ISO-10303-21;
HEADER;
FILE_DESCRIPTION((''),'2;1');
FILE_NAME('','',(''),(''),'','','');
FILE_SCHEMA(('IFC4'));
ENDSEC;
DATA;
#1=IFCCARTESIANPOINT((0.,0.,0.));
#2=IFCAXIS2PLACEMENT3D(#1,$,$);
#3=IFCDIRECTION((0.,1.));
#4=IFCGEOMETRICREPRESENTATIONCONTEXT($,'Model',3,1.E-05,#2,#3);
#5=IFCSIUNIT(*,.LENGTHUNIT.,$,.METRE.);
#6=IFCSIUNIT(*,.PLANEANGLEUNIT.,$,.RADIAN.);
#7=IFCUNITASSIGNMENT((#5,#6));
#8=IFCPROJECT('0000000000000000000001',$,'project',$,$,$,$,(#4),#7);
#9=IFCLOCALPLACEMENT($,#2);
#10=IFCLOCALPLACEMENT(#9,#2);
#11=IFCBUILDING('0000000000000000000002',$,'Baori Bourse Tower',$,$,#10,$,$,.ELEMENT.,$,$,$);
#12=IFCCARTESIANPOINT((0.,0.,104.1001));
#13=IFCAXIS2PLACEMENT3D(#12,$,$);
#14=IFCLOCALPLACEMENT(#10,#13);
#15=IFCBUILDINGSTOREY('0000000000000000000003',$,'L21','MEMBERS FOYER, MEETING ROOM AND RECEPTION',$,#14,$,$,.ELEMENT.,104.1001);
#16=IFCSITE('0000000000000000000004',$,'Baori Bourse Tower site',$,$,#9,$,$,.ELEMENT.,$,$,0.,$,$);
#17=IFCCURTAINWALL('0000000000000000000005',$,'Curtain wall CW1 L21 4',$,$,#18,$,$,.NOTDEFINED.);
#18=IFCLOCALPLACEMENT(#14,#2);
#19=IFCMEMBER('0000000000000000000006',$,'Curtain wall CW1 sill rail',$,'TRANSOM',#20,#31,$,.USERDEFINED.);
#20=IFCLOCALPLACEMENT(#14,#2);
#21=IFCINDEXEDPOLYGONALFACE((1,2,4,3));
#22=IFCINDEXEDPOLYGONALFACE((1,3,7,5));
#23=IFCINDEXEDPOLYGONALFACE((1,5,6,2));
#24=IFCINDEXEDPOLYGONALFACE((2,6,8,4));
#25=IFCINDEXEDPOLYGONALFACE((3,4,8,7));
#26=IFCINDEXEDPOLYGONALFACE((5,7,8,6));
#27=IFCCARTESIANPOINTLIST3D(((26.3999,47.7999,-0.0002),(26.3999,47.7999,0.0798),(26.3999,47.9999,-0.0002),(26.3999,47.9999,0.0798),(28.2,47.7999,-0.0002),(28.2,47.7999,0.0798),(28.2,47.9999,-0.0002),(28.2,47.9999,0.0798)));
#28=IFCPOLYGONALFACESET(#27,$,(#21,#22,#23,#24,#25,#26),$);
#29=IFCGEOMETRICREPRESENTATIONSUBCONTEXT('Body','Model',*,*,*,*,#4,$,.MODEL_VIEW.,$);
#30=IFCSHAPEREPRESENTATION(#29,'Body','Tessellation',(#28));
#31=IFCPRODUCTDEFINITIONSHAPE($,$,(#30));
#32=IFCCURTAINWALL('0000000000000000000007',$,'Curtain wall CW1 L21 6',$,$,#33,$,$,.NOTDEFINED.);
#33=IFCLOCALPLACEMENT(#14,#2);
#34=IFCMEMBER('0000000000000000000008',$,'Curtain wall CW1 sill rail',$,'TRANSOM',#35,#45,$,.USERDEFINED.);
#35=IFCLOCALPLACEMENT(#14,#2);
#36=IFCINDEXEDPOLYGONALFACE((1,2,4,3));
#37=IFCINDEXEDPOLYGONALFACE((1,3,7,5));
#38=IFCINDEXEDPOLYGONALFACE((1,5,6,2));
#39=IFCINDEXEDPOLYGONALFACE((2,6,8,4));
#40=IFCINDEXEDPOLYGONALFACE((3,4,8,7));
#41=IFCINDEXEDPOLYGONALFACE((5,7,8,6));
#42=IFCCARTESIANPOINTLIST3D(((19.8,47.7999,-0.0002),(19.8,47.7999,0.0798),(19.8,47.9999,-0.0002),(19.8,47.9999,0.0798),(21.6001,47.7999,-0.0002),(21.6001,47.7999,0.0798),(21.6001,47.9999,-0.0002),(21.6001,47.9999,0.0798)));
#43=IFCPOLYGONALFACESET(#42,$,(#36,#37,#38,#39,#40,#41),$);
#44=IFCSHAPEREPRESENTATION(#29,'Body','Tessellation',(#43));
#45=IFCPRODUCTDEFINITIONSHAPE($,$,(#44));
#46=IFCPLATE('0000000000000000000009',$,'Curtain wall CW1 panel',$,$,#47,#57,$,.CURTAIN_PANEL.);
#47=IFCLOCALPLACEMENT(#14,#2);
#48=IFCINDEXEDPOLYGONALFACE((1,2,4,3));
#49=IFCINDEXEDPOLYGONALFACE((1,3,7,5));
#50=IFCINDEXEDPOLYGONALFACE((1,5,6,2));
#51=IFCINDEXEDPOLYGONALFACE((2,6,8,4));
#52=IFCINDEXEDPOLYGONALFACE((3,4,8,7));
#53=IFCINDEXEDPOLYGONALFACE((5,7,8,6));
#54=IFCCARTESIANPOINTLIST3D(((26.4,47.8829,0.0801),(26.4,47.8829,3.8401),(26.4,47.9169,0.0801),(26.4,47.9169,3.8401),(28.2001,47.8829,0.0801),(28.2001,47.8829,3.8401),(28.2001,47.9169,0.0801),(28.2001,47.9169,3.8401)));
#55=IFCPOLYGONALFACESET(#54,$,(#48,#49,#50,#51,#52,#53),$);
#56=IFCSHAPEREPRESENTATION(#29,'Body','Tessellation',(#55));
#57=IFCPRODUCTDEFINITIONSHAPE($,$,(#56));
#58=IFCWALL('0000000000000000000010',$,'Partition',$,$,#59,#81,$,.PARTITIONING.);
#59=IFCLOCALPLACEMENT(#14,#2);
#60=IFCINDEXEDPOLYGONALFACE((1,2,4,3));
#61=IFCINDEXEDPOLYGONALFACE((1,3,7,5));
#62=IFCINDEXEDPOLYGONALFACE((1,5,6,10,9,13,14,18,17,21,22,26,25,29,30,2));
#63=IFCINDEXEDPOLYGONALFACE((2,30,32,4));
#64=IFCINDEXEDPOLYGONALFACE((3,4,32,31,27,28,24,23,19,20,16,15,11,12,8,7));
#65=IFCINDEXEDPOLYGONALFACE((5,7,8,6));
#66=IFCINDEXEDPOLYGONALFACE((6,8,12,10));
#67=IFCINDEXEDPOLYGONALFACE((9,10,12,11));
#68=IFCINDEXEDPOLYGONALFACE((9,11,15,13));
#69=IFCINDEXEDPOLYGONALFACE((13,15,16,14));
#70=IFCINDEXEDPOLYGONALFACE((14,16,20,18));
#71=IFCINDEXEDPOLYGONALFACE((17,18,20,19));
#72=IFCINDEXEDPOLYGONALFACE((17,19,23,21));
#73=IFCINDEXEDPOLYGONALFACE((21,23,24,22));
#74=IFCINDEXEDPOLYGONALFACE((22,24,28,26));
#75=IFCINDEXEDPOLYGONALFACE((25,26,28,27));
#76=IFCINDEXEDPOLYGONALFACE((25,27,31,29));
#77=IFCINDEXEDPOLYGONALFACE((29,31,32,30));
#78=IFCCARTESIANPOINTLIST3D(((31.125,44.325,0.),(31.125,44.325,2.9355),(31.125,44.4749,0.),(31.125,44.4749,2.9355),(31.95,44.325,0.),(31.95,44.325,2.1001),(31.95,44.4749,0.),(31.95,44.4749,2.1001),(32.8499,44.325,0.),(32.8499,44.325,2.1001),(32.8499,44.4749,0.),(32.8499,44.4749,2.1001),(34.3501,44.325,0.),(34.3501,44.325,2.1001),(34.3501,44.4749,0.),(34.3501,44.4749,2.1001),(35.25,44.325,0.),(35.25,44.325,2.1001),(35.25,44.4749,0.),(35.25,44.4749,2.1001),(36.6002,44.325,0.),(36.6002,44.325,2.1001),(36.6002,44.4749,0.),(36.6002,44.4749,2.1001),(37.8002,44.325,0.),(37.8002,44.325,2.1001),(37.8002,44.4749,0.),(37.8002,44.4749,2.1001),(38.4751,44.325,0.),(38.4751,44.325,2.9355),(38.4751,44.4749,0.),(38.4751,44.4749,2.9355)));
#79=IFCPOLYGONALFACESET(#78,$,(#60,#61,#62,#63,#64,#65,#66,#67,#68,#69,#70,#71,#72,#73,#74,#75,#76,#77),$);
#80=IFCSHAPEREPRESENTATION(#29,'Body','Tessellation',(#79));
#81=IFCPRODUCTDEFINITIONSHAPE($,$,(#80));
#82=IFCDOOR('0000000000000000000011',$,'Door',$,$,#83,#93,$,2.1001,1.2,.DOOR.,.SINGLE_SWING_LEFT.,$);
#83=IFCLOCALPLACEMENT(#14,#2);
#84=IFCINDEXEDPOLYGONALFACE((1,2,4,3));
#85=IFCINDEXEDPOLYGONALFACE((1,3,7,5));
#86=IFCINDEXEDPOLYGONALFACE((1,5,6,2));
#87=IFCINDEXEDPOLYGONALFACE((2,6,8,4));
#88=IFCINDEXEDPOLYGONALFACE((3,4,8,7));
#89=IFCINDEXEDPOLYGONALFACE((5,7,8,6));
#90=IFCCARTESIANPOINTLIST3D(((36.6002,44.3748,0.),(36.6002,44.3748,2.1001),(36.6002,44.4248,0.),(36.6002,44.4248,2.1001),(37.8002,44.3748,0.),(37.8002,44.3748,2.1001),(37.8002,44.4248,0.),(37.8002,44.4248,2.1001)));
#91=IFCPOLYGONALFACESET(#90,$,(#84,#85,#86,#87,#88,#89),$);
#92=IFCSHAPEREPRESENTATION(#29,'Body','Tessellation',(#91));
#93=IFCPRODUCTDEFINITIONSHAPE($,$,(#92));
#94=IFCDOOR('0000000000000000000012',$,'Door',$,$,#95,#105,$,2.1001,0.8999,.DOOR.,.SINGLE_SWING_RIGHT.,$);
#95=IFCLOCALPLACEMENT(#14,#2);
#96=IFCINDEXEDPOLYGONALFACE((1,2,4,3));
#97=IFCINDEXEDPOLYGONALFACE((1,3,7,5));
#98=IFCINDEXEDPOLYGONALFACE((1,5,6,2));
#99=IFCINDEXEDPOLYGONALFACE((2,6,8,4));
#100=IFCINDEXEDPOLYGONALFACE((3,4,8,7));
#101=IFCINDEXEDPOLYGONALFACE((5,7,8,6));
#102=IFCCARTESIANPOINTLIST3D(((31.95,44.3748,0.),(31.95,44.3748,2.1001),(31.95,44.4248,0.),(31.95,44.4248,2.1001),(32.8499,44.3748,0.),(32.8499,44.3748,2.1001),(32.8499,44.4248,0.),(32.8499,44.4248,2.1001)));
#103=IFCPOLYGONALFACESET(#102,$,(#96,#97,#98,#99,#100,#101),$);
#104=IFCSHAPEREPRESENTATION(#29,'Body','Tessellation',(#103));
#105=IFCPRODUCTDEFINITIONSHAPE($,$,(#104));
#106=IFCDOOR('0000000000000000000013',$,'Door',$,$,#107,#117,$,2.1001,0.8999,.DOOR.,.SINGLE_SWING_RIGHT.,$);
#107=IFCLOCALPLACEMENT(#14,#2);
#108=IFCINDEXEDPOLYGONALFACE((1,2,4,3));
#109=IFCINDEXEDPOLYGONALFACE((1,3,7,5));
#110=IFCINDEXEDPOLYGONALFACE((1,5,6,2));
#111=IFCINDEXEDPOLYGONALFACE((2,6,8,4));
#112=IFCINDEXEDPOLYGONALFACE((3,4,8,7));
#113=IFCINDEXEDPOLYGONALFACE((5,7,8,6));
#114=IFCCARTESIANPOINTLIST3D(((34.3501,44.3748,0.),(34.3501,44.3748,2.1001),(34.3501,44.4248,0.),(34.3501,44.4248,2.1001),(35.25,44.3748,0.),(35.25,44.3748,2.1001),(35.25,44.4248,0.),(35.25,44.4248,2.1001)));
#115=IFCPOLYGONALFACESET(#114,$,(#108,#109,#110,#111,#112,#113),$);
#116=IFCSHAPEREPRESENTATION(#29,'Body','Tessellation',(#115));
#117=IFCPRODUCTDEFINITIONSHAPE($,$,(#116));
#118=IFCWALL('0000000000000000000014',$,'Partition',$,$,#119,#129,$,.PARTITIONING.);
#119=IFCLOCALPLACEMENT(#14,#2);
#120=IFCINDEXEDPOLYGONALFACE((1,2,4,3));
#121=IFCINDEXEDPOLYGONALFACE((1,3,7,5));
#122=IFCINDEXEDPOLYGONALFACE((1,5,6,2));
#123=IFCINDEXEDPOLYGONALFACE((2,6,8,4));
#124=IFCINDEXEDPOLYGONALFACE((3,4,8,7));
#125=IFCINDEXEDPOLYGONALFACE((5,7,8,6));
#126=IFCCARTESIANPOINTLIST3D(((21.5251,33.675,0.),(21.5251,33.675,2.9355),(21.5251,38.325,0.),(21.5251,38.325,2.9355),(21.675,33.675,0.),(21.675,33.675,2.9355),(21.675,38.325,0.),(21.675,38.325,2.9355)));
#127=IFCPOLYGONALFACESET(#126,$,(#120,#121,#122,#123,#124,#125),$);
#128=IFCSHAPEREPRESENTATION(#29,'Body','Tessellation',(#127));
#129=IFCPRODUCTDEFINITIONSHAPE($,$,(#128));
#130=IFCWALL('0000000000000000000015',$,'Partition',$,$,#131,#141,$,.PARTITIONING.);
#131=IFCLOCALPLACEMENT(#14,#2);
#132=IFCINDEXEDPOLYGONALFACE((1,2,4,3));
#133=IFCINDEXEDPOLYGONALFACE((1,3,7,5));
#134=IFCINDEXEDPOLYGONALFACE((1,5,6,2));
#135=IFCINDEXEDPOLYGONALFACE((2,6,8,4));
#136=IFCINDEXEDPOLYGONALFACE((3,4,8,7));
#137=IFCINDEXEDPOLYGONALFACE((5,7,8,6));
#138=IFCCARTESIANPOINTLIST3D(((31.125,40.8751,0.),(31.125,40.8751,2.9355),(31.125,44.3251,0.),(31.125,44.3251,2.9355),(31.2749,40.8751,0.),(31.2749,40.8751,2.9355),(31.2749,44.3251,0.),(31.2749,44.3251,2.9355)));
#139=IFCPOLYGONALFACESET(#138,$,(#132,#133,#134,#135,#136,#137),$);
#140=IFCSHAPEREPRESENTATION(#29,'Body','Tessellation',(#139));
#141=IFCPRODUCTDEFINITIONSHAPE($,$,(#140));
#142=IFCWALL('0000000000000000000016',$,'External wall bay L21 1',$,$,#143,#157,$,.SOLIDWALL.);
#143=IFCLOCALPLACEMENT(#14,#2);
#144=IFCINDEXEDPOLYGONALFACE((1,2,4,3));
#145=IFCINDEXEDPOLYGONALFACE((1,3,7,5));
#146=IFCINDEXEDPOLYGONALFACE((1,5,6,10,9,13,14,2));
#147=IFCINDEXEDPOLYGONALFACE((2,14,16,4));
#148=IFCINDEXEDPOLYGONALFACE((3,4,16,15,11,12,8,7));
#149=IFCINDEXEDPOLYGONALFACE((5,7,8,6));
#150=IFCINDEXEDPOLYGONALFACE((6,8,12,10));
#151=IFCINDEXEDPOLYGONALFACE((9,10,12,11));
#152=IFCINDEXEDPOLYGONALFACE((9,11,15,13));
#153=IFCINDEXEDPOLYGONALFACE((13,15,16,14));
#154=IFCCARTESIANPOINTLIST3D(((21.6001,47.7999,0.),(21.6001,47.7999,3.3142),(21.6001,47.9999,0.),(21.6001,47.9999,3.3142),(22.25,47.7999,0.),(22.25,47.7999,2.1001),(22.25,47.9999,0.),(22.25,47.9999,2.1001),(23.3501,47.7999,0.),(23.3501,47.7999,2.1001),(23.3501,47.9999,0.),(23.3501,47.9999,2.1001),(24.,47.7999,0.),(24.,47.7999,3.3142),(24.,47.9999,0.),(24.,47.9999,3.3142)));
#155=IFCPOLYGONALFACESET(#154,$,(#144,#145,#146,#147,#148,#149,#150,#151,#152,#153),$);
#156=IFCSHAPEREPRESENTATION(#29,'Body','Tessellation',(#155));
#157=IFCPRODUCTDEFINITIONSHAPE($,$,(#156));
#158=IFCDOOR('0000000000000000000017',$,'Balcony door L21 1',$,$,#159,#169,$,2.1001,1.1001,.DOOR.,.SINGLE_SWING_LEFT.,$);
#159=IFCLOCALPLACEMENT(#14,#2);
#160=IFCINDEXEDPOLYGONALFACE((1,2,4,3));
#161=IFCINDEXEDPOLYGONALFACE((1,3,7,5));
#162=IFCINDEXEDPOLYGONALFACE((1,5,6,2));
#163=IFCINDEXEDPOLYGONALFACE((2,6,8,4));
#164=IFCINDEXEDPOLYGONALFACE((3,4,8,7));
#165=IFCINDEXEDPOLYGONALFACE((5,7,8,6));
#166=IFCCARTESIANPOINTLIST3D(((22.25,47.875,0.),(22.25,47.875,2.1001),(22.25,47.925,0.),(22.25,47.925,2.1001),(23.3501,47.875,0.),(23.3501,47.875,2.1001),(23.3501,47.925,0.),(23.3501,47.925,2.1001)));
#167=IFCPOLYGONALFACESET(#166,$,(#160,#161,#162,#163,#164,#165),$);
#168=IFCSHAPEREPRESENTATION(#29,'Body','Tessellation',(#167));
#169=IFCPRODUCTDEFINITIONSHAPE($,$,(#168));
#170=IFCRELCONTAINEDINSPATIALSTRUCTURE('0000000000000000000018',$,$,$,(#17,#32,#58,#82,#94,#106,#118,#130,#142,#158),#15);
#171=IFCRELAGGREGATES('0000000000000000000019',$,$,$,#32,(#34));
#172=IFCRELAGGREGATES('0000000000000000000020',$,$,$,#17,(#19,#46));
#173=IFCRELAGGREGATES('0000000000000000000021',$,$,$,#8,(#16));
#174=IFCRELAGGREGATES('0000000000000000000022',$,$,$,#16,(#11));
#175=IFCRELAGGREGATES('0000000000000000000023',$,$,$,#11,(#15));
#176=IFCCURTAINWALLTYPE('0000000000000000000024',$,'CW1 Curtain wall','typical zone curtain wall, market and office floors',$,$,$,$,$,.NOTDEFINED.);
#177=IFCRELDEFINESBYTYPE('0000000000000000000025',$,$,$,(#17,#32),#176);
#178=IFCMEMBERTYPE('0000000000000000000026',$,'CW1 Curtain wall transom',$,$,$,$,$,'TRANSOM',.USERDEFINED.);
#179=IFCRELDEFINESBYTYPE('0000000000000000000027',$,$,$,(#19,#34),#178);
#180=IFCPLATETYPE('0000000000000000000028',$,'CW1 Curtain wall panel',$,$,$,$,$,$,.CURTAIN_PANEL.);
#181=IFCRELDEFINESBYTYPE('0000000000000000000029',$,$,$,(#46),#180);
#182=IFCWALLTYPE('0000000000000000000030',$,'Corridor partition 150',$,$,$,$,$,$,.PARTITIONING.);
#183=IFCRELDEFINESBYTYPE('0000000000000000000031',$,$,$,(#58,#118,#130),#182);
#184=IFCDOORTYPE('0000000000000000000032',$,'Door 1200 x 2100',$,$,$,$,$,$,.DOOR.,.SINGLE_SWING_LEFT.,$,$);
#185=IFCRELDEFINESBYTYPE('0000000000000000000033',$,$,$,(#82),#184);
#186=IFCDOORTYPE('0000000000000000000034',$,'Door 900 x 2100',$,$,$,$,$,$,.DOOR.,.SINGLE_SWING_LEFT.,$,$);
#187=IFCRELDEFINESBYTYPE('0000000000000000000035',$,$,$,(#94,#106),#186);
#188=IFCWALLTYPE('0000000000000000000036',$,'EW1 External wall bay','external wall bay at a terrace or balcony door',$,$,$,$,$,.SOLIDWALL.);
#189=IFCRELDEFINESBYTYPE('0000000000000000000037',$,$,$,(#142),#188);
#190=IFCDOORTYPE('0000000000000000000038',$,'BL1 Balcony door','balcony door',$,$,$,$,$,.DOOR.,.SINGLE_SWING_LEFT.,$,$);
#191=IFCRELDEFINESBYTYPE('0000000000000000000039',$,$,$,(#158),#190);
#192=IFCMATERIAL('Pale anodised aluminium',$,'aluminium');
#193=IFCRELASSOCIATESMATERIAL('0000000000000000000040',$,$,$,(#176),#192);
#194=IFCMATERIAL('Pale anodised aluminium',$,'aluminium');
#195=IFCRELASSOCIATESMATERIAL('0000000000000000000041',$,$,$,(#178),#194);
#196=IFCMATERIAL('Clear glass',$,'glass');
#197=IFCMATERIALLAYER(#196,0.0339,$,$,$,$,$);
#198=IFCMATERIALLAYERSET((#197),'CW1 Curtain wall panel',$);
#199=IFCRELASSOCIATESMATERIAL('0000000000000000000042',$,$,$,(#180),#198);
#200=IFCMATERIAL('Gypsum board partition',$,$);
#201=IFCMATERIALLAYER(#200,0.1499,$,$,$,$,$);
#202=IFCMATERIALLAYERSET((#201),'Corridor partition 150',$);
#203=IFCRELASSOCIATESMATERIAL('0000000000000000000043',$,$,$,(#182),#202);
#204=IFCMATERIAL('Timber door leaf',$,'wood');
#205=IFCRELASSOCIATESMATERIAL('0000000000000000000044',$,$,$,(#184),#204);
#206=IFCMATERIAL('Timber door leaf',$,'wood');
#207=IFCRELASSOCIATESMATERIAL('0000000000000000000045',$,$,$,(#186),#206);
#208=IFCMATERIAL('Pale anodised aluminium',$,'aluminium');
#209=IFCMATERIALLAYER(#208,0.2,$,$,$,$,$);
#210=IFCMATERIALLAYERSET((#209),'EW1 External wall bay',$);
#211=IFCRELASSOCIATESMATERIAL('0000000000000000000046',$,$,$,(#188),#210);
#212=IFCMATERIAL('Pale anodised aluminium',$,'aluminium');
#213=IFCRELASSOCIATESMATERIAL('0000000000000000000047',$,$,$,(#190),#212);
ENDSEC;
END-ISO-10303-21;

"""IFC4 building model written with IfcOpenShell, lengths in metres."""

from ifc_helpers import new_model, si_unit, direction, frame, frame_2d, origin, origin_2d, place, context, subcontext, project, spatial, rectangle, extrude, material, layer, layer_set, material_profile, profile_set, type_object, element, fill, aggregate, save


model = new_model("IFC4")

# Units and contexts
model_context = context("Model", 3, precision=1e-05, world=origin(), true_north=direction((0.0, 1.0)))
body_context = subcontext(model_context, "Body", "Model", "MODEL_VIEW")
ifc_project = project(units=[si_unit("LENGTHUNIT", "METRE"), si_unit("PLANEANGLEUNIT", "RADIAN")], contexts=[model_context])

# Site, building, storey
site_placement = place(None, origin())
site = spatial("IfcSite", under=ifc_project, at=site_placement, Name="Baori Bourse Tower site", CompositionType="ELEMENT", RefElevation=0.0)
building_placement = place(site_placement, origin())
building = spatial("IfcBuilding", under=site, at=building_placement, Name="Baori Bourse Tower", CompositionType="ELEMENT")
storey_placement = place(building_placement, frame((0.0, 0.0, 104.1001)))
storey = spatial("IfcBuildingStorey", under=building, at=storey_placement, Name="L21", Description="MEMBERS FOYER, MEETING ROOM AND RECEPTION", CompositionType="ELEMENT", Elevation=104.1001)

# Curtain walls, members
ifc_material_1 = material(Name="Pale anodised aluminium", Category="aluminium")
curtain_wall_type = type_object("IfcCurtainWallType", Name="CW1 Curtain wall", Description="typical zone curtain wall, market and office floors", PredefinedType="NOTDEFINED", material=ifc_material_1)
curtain_wall_1_placement = place(storey_placement, origin())
curtain_wall_1 = element("IfcCurtainWall", 1, at=curtain_wall_1_placement, inside=storey, type_object=curtain_wall_type, Name="Curtain wall CW1 L21 4", PredefinedType="NOTDEFINED")
ifc_material_2 = material(Name="Pale anodised aluminium", Category="aluminium")
ifc_material_profile = material_profile(ifc_material_2, rectangle(XDim=0.2, YDim=0.0801, at=origin_2d()), Name="Transom 80x200")
ifc_profile_set = profile_set([ifc_material_profile], Name="Pale anodised aluminium")
member_type = type_object("IfcMemberType", Name="CW1 Curtain wall transom", ElementType="TRANSOM", PredefinedType="USERDEFINED", material=ifc_profile_set)
member_1_placement = place(storey_placement, frame((28.2, 47.8999, 0.0398), z_axis=(-1.0, 0.0, 0.0), x_axis=(0.0, -1.0, 0.0)))
member_1 = element("IfcMember", 2, at=member_1_placement, type_object=member_type, Name="Curtain wall CW1 sill rail", ObjectType="TRANSOM", PredefinedType="USERDEFINED", context=body_context, shape_type="SweptSolid", body=[
    extrude(rectangle(XDim=0.2, YDim=0.0801, at=origin_2d()), origin(), (0.0, 0.0, 1.0), 1.8),
])
curtain_wall_2_placement = place(storey_placement, origin())
curtain_wall_2 = element("IfcCurtainWall", 3, at=curtain_wall_2_placement, inside=storey, type_object=curtain_wall_type, Name="Curtain wall CW1 L21 6", PredefinedType="NOTDEFINED")
member_2_placement = place(storey_placement, frame((21.6001, 47.8999, 0.0398), z_axis=(-1.0, 0.0, 0.0), x_axis=(0.0, -1.0, 0.0)))
member_2 = element("IfcMember", 4, at=member_2_placement, type_object=member_type, Name="Curtain wall CW1 sill rail", ObjectType="TRANSOM", PredefinedType="USERDEFINED", context=body_context, shape_type="SweptSolid", body=[
    extrude(rectangle(XDim=0.2, YDim=0.0801, at=origin_2d()), origin(), (0.0, 0.0, 1.0), 1.8),
])
aggregate(curtain_wall_2, [member_2])

# Plate
ifc_material_3 = material(Name="Clear glass", Category="glass")
ifc_layer_1 = layer(ifc_material_3, 0.0339)
ifc_layer_set_1 = layer_set([ifc_layer_1], Name="CW1 Curtain wall panel")
plate_type = type_object("IfcPlateType", Name="CW1 Curtain wall panel", PredefinedType="CURTAIN_PANEL", material=ifc_layer_set_1)
plate_placement = place(storey_placement, frame((27.3, 47.8999, 0.0801), z_axis=(0.0, 0.0, 1.0), x_axis=(-1.0, 0.0, 0.0)))
plate = element("IfcPlate", 5, at=plate_placement, type_object=plate_type, Name="Curtain wall CW1 panel", PredefinedType="CURTAIN_PANEL", context=body_context, shape_type="SweptSolid", body=[
    extrude(rectangle(XDim=1.8, YDim=0.0339, at=origin_2d()), origin(), (0.0, 0.0, 1.0), 3.76),
])
aggregate(curtain_wall_1, [member_1, plate])

# Wall, openings, doors
ifc_material_4 = material(Name="Gypsum board partition")
ifc_layer_2 = layer(ifc_material_4, 0.1499)
ifc_layer_set_2 = layer_set([ifc_layer_2], Name="Corridor partition 150")
wall_type_1 = type_object("IfcWallType", Name="Corridor partition 150", PredefinedType="PARTITIONING", material=ifc_layer_set_2)
wall_1_placement = place(storey_placement, frame((31.125, 44.3999, 0.0), z_axis=(0.0, 0.0, 1.0), x_axis=(1.0, 0.0, 0.0)))
wall_1 = element("IfcWall", 6, at=wall_1_placement, inside=storey, type_object=wall_type_1, Name="Partition", PredefinedType="PARTITIONING", context=body_context, shape_type="SweptSolid", body=[
    extrude(rectangle(XDim=7.3501, YDim=0.1499, at=frame_2d((3.675, 0.0))), origin(), (0.0, 0.0, 1.0), 2.9355),
])
opening_1_placement = place(wall_1_placement, frame((0.825, 0.0, 0.0)))
opening_1 = element("IfcOpeningElement", 7, at=opening_1_placement, cuts=wall_1, PredefinedType="OPENING", context=body_context, shape_type="SweptSolid", body=[
    extrude(rectangle(XDim=0.8999, YDim=2.1001, at=frame_2d((0.45, 1.05))), frame((0.0, 0.085, 0.0), z_axis=(0.0, -1.0, 0.0), x_axis=(1.0, 0.0, 0.0)), (0.0, 0.0, 1.0), 0.1699),
])
opening_2_placement = place(wall_1_placement, frame((3.2251, 0.0, 0.0)))
opening_2 = element("IfcOpeningElement", 8, at=opening_2_placement, cuts=wall_1, PredefinedType="OPENING", context=body_context, shape_type="SweptSolid", body=[
    extrude(rectangle(XDim=0.8999, YDim=2.1001, at=frame_2d((0.45, 1.05))), frame((0.0, 0.085, 0.0), z_axis=(0.0, -1.0, 0.0), x_axis=(1.0, 0.0, 0.0)), (0.0, 0.0, 1.0), 0.1699),
])
opening_3_placement = place(wall_1_placement, frame((5.4751, 0.0, 0.0)))
opening_3 = element("IfcOpeningElement", 9, at=opening_3_placement, cuts=wall_1, PredefinedType="OPENING", context=body_context, shape_type="SweptSolid", body=[
    extrude(rectangle(XDim=1.2, YDim=2.1001, at=frame_2d((0.6001, 1.05))), frame((0.0, 0.085, 0.0), z_axis=(0.0, -1.0, 0.0), x_axis=(1.0, 0.0, 0.0)), (0.0, 0.0, 1.0), 0.1699),
])
ifc_material_5 = material(Name="Timber door leaf", Category="wood")
door_type_1 = type_object("IfcDoorType", Name="Door 1200 x 2100", OperationType="SINGLE_SWING_LEFT", PredefinedType="DOOR", material=ifc_material_5)
door_1_placement = place(opening_3_placement, origin())
door_1 = element("IfcDoor", 10, at=door_1_placement, inside=storey, type_object=door_type_1, Name="Door", OperationType="SINGLE_SWING_LEFT", OverallHeight=2.1001, OverallWidth=1.2, PredefinedType="DOOR", context=body_context, shape_type="SweptSolid", body=[
    extrude(rectangle(XDim=1.2, YDim=2.1001, at=frame_2d((0.6001, 1.05))), frame((0.0, 0.0249, 0.0), z_axis=(0.0, -1.0, 0.0), x_axis=(1.0, 0.0, 0.0)), (0.0, 0.0, 1.0), 0.05),
])
fill(opening_3, door_1)
ifc_material_6 = material(Name="Timber door leaf", Category="wood")
door_type_2 = type_object("IfcDoorType", Name="Door 900 x 2100", OperationType="SINGLE_SWING_LEFT", PredefinedType="DOOR", material=ifc_material_6)
door_2_placement = place(opening_1_placement, origin())
door_2 = element("IfcDoor", 11, at=door_2_placement, inside=storey, type_object=door_type_2, Name="Door", OperationType="SINGLE_SWING_RIGHT", OverallHeight=2.1001, OverallWidth=0.8999, PredefinedType="DOOR", context=body_context, shape_type="SweptSolid", body=[
    extrude(rectangle(XDim=0.8999, YDim=2.1001, at=frame_2d((0.45, 1.05))), frame((0.0, 0.0249, 0.0), z_axis=(0.0, -1.0, 0.0), x_axis=(1.0, 0.0, 0.0)), (0.0, 0.0, 1.0), 0.05),
])
fill(opening_1, door_2)
door_3_placement = place(opening_2_placement, origin())
door_3 = element("IfcDoor", 12, at=door_3_placement, inside=storey, type_object=door_type_2, Name="Door", OperationType="SINGLE_SWING_RIGHT", OverallHeight=2.1001, OverallWidth=0.8999, PredefinedType="DOOR", context=body_context, shape_type="SweptSolid", body=[
    extrude(rectangle(XDim=0.8999, YDim=2.1001, at=frame_2d((0.45, 1.05))), frame((0.0, 0.0249, 0.0), z_axis=(0.0, -1.0, 0.0), x_axis=(1.0, 0.0, 0.0)), (0.0, 0.0, 1.0), 0.05),
])
fill(opening_2, door_3)

# Walls
wall_2_placement = place(storey_placement, frame((21.6001, 33.675, 0.0), z_axis=(0.0, 0.0, 1.0), x_axis=(0.0, 1.0, 0.0)))
element("IfcWall", 13, at=wall_2_placement, inside=storey, type_object=wall_type_1, Name="Partition", PredefinedType="PARTITIONING", context=body_context, shape_type="SweptSolid", body=[
    extrude(rectangle(XDim=4.6499, YDim=0.1499, at=frame_2d((2.325, 0.0))), origin(), (0.0, 0.0, 1.0), 2.9355),
])
wall_3_placement = place(storey_placement, frame((31.2, 40.875, 0.0), z_axis=(0.0, 0.0, 1.0), x_axis=(0.0, 1.0, 0.0)))
element("IfcWall", 14, at=wall_3_placement, inside=storey, type_object=wall_type_1, Name="Partition", PredefinedType="PARTITIONING", context=body_context, shape_type="SweptSolid", body=[
    extrude(rectangle(XDim=3.45, YDim=0.1499, at=frame_2d((1.7251, 0.0))), origin(), (0.0, 0.0, 1.0), 2.9355),
])

# Wall, opening, door
ifc_material_7 = material(Name="Pale anodised aluminium", Category="aluminium")
ifc_layer_3 = layer(ifc_material_7, 0.2)
ifc_layer_set_3 = layer_set([ifc_layer_3], Name="EW1 External wall bay")
wall_type_2 = type_object("IfcWallType", Name="EW1 External wall bay", Description="external wall bay at a terrace or balcony door", PredefinedType="SOLIDWALL", material=ifc_layer_set_3)
wall_4_placement = place(storey_placement, frame((24.0, 47.8999, 0.0), z_axis=(0.0, 0.0, 1.0), x_axis=(-1.0, 0.0, 0.0)))
wall_4 = element("IfcWall", 15, at=wall_4_placement, inside=storey, type_object=wall_type_2, Name="External wall bay L21 1", PredefinedType="SOLIDWALL", context=body_context, shape_type="SweptSolid", body=[
    extrude(rectangle(XDim=2.3999, YDim=0.2, at=frame_2d((1.2, 0.0))), origin(), (0.0, 0.0, 1.0), 3.3142),
])
opening_4_placement = place(wall_4_placement, frame((0.6499, 0.0, 0.0)))
opening_4 = element("IfcOpeningElement", 16, at=opening_4_placement, cuts=wall_4, PredefinedType="OPENING", context=body_context, shape_type="SweptSolid", body=[
    extrude(rectangle(XDim=1.1001, YDim=2.1001, at=frame_2d((0.55, 1.05))), frame((0.0, 0.1099, 0.0), z_axis=(0.0, -1.0, 0.0), x_axis=(1.0, 0.0, 0.0)), (0.0, 0.0, 1.0), 0.22),
])
ifc_material_8 = material(Name="Pale anodised aluminium", Category="aluminium")
door_type_3 = type_object("IfcDoorType", Name="BL1 Balcony door", Description="balcony door", OperationType="SINGLE_SWING_LEFT", PredefinedType="DOOR", material=ifc_material_8)
door_4_placement = place(opening_4_placement, origin())
door_4 = element("IfcDoor", 17, at=door_4_placement, inside=storey, type_object=door_type_3, Name="Balcony door L21 1", OperationType="SINGLE_SWING_LEFT", OverallHeight=2.1001, OverallWidth=1.1001, PredefinedType="DOOR", context=body_context, shape_type="SweptSolid", body=[
    extrude(rectangle(XDim=1.1001, YDim=2.1001, at=frame_2d((0.55, 1.05))), frame((0.0, 0.0249, 0.0), z_axis=(0.0, -1.0, 0.0), x_axis=(1.0, 0.0, 0.0)), (0.0, 0.0, 1.0), 0.05),
])
fill(opening_4, door_4)

save(model, "model.ifc")
